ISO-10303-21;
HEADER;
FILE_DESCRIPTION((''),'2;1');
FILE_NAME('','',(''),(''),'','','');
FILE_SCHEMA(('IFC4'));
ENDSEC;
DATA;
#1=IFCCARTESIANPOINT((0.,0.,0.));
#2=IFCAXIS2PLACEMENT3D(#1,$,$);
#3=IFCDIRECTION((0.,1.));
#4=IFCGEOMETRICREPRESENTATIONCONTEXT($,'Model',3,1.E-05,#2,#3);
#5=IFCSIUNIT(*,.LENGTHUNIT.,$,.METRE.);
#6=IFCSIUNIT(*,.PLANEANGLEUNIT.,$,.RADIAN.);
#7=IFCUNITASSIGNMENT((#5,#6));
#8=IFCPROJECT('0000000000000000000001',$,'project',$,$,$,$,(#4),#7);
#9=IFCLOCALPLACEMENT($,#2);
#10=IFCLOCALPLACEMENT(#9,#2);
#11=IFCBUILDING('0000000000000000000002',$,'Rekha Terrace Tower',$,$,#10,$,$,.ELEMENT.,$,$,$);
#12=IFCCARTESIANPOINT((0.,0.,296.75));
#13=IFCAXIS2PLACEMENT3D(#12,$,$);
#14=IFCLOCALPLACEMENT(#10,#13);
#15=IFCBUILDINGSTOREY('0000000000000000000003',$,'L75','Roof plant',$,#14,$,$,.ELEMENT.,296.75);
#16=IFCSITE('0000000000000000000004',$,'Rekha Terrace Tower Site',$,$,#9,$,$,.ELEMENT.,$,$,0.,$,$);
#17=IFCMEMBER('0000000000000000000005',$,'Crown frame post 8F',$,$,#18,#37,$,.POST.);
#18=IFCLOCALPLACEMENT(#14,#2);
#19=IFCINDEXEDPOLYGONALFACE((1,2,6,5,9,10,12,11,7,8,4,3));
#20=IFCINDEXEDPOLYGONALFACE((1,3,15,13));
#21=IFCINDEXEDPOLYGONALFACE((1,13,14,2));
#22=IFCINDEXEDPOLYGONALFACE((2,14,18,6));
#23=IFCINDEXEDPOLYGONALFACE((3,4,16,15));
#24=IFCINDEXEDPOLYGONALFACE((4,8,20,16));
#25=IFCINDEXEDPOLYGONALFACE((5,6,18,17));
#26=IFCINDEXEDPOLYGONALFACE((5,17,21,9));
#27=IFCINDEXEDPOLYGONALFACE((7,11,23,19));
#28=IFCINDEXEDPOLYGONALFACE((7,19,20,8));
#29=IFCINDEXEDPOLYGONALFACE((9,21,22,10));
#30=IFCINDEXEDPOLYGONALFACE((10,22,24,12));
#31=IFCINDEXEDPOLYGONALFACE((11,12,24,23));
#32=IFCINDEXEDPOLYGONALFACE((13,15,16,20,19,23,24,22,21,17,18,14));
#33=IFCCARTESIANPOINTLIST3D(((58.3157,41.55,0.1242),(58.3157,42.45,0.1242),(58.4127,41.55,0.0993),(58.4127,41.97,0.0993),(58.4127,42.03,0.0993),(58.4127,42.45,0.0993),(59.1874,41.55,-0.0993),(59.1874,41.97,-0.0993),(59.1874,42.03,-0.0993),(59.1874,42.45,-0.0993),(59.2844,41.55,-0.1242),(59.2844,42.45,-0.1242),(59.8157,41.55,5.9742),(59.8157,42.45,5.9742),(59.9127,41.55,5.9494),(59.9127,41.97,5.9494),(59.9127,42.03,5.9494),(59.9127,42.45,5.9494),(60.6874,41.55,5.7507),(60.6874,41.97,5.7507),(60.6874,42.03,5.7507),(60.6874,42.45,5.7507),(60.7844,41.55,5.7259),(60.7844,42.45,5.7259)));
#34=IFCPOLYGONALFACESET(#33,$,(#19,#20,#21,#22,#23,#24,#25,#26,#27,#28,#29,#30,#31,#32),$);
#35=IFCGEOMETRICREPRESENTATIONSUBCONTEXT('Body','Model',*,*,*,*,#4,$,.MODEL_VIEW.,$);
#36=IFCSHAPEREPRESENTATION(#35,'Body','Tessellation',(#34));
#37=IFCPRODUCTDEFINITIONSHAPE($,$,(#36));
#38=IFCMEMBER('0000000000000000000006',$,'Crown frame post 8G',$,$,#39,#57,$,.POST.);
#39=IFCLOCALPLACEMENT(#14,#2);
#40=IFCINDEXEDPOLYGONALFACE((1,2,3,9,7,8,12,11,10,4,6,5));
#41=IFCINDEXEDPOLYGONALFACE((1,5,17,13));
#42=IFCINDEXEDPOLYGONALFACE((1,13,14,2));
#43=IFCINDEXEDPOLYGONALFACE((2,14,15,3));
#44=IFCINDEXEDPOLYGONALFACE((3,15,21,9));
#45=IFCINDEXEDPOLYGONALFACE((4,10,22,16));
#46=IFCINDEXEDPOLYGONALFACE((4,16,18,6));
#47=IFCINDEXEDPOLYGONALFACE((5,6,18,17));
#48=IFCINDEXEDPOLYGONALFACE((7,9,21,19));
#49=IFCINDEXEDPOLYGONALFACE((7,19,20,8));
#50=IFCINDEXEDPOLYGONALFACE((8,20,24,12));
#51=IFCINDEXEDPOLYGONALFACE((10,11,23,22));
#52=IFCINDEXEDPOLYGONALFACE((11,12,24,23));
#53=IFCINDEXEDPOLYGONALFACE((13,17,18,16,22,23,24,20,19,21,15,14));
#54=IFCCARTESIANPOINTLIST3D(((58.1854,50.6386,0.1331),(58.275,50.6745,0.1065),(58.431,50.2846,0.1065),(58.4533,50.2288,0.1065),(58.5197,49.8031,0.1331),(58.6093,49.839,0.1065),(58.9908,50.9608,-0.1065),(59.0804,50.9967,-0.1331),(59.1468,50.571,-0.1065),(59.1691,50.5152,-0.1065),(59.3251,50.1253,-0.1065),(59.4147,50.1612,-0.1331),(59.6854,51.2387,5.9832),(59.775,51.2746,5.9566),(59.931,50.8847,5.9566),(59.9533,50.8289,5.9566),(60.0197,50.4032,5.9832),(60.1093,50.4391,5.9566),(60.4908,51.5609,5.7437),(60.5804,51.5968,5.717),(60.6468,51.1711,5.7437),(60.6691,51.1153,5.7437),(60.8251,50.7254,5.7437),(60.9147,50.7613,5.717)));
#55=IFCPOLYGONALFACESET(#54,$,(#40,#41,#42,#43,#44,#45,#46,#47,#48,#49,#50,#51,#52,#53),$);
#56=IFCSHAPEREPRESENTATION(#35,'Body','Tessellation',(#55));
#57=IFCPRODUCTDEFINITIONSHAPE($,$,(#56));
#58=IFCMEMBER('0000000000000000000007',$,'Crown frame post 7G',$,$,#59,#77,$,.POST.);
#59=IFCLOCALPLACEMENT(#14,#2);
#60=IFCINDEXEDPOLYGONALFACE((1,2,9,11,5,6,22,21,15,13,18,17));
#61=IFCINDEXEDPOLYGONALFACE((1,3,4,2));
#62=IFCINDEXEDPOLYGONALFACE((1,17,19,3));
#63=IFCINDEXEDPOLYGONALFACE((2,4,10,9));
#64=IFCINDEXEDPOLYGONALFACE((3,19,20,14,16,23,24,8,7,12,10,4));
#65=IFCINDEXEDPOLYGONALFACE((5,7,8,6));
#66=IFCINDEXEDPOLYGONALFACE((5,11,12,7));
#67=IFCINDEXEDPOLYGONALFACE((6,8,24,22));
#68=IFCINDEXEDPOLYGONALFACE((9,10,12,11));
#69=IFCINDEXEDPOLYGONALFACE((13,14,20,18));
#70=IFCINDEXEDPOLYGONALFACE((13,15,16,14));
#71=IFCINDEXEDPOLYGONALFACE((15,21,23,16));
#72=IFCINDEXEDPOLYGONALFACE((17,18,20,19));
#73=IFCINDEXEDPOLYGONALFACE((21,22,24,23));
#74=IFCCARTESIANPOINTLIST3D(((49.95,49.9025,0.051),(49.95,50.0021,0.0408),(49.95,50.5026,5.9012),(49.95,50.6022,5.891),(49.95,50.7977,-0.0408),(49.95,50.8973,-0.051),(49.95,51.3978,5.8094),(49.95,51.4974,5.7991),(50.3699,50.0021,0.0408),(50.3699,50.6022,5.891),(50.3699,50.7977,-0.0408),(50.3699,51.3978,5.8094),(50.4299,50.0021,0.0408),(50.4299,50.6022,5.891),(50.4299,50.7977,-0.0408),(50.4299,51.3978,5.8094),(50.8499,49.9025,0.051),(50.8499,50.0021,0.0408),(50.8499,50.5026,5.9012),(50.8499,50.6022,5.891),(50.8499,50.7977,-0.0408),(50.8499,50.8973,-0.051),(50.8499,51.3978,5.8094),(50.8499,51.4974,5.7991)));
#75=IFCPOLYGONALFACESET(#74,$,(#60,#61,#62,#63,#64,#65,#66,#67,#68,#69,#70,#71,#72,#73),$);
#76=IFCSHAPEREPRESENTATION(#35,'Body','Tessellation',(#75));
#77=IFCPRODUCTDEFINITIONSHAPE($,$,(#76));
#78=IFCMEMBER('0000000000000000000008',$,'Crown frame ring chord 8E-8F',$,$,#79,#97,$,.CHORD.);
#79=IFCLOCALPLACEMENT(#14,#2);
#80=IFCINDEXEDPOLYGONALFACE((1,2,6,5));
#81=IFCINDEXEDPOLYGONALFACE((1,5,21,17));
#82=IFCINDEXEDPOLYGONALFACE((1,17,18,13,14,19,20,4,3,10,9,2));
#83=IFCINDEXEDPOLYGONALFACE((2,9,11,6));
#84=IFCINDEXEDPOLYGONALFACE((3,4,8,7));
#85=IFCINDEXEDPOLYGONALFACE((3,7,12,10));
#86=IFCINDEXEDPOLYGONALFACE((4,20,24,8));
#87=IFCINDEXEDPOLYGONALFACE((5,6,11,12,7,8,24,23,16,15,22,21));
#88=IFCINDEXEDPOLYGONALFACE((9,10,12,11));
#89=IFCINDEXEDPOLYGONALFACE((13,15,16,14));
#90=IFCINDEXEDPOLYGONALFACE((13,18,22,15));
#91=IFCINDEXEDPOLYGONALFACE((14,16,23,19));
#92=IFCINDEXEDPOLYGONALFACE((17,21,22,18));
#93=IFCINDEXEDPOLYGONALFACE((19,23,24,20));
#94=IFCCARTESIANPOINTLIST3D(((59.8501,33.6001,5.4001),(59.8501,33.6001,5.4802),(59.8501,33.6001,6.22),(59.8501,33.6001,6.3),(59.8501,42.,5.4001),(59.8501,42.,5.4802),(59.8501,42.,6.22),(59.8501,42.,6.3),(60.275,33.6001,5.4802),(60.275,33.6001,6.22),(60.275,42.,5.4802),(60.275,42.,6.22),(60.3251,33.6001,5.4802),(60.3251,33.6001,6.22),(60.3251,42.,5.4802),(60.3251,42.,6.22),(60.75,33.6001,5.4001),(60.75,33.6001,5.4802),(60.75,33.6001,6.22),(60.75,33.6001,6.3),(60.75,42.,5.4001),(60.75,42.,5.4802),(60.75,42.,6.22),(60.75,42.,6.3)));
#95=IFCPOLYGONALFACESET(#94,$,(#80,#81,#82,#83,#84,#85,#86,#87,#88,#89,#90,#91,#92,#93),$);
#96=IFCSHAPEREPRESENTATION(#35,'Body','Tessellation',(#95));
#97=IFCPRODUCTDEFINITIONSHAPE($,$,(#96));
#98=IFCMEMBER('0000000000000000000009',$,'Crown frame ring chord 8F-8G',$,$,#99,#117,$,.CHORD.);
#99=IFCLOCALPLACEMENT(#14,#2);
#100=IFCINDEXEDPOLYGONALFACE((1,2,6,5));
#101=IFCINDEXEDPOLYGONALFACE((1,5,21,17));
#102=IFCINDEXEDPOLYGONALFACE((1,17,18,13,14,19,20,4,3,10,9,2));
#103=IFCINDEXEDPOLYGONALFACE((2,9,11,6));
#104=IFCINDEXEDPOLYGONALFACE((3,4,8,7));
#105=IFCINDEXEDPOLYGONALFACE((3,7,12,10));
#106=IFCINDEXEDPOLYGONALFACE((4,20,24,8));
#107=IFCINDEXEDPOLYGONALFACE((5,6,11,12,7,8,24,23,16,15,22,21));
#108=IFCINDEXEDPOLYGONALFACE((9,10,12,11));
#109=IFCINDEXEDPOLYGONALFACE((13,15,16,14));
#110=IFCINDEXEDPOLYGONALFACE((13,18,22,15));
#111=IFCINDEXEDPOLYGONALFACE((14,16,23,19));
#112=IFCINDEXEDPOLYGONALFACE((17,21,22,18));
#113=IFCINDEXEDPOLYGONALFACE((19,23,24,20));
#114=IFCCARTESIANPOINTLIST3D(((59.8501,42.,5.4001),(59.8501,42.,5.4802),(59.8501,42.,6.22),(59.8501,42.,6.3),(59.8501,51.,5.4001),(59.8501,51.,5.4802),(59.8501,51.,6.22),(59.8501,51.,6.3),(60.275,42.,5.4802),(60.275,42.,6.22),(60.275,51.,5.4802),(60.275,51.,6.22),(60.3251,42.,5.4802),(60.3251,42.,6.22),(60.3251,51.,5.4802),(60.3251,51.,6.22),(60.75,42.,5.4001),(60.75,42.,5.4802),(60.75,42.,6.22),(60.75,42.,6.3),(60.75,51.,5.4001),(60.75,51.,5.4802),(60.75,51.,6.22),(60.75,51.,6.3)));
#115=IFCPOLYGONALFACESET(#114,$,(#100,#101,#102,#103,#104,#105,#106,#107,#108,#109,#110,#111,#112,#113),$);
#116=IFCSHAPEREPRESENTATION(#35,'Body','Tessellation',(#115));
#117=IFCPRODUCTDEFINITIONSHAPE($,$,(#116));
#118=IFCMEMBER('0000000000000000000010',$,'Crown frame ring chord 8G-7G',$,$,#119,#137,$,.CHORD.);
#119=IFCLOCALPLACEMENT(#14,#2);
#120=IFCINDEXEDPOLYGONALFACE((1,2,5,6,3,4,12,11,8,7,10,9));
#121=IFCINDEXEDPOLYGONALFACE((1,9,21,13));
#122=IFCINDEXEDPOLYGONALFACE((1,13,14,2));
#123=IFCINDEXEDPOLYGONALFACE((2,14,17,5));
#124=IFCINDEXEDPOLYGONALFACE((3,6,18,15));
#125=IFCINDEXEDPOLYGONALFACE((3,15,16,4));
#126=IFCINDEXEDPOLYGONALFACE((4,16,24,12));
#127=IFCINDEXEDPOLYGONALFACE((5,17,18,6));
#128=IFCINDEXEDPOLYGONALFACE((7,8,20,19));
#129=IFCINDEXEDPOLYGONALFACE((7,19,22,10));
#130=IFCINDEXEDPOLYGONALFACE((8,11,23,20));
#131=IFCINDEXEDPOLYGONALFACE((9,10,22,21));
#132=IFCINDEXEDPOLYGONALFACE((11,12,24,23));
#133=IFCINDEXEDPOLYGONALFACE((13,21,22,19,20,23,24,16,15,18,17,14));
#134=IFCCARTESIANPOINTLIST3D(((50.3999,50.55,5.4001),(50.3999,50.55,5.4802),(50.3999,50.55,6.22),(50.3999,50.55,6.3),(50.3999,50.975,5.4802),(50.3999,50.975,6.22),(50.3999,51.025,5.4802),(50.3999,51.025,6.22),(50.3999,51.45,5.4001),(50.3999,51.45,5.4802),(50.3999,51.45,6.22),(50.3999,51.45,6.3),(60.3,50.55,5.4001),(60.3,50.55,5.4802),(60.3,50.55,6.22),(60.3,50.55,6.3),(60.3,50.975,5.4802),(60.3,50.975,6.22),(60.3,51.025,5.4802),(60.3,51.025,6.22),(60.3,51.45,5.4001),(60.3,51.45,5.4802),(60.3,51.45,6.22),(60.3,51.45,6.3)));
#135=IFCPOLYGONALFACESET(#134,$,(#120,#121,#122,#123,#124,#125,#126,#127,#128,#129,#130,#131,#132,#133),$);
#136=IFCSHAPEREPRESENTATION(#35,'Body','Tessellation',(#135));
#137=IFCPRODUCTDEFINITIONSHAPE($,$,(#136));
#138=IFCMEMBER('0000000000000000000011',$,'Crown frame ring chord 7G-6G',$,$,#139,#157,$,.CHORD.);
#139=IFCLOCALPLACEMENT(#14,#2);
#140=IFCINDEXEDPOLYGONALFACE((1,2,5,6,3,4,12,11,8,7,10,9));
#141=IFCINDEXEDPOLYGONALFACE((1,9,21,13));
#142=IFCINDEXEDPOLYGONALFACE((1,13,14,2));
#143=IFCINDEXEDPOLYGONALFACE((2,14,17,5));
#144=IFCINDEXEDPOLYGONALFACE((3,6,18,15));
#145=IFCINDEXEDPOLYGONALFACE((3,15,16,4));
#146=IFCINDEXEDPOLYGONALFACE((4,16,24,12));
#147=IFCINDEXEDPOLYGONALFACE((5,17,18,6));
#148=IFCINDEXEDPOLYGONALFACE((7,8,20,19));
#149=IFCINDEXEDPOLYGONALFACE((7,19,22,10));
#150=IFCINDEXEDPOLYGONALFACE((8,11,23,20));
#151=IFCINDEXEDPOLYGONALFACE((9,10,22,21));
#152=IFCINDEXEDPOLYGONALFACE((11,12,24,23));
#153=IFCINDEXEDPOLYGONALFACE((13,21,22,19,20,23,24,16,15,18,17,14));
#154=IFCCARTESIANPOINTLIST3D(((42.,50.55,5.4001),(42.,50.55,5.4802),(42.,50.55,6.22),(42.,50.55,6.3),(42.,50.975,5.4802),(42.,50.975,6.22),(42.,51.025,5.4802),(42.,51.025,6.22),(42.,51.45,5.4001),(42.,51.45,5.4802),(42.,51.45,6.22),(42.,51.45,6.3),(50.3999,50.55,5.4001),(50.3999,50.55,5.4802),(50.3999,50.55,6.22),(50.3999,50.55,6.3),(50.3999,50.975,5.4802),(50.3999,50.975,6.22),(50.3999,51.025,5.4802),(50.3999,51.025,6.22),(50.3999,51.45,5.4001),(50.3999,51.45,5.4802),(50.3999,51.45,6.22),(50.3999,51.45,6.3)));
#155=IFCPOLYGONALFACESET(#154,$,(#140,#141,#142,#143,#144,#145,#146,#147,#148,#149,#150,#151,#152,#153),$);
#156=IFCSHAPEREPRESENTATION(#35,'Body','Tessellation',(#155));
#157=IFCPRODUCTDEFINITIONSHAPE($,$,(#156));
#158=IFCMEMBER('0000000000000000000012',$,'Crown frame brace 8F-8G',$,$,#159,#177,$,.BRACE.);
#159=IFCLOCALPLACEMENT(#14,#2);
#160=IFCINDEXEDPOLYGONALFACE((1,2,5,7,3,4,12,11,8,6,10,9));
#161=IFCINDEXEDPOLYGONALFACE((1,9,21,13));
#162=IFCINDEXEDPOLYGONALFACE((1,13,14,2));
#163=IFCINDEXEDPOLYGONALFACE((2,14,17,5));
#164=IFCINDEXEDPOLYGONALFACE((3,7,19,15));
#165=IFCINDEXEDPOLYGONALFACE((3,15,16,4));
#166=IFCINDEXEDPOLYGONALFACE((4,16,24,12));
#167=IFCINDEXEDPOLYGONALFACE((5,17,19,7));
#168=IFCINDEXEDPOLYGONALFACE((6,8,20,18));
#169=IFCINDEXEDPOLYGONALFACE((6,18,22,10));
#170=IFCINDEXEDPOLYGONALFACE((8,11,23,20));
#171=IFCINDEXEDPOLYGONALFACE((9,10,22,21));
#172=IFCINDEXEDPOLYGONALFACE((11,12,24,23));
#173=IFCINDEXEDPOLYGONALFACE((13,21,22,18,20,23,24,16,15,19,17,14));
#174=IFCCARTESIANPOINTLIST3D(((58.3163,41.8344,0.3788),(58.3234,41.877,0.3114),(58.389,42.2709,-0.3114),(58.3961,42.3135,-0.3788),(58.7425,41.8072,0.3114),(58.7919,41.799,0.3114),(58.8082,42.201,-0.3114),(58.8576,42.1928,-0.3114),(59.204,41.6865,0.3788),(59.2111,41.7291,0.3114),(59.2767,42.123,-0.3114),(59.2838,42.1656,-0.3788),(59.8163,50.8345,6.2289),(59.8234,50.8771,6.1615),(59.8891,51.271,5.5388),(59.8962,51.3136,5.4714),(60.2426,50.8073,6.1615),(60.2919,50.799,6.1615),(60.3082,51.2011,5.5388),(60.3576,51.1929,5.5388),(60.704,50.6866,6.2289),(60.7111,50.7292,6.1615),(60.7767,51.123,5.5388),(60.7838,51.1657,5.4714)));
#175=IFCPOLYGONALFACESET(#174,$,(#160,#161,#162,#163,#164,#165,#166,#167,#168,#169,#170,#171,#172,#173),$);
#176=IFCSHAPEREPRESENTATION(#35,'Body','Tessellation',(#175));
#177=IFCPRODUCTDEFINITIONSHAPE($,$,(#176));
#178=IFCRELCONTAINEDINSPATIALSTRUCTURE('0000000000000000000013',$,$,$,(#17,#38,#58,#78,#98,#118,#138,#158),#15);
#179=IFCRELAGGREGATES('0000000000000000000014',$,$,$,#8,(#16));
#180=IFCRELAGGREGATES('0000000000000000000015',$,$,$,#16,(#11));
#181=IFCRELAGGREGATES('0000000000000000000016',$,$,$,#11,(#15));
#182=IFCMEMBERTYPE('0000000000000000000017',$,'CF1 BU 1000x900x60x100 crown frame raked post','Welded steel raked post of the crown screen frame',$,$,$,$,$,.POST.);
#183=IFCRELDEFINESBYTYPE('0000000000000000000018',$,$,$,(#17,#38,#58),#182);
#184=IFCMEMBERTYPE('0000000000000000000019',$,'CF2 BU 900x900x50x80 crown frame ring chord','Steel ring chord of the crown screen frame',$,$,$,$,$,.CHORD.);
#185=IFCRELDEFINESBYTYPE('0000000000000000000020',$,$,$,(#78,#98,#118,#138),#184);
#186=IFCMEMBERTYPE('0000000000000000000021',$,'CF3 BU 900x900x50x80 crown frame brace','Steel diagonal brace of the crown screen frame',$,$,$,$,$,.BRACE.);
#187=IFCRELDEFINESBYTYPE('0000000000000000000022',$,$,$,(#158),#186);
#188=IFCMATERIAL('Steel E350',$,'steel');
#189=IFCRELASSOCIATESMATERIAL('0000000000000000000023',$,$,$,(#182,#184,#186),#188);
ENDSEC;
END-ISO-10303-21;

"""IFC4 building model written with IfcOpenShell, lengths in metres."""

from ifc_helpers import new_model, si_unit, direction, frame, origin, origin_2d, place, context, subcontext, project, spatial, i_section, extrude, material, material_profile, profile_set, type_object, element, save


model = new_model("IFC4")

# Units and contexts
model_context = context("Model", 3, precision=1e-05, world=origin(), true_north=direction((0.0, 1.0)))
body_context = subcontext(model_context, "Body", "Model", "MODEL_VIEW")
ifc_project = project(units=[si_unit("LENGTHUNIT", "METRE"), si_unit("PLANEANGLEUNIT", "RADIAN")], contexts=[model_context])

# Site, building, storey
site_placement = place(None, origin())
site = spatial("IfcSite", under=ifc_project, at=site_placement, Name="Rekha Terrace Tower Site", CompositionType="ELEMENT", RefElevation=0.0)
building_placement = place(site_placement, origin())
building = spatial("IfcBuilding", under=site, at=building_placement, Name="Rekha Terrace Tower", CompositionType="ELEMENT")
storey_placement = place(building_placement, frame((0.0, 0.0, 296.75)))
storey = spatial("IfcBuildingStorey", under=building, at=storey_placement, Name="L75", Description="Roof plant", CompositionType="ELEMENT", Elevation=296.75)

# Members
ifc_material_1 = material(Name="Steel E350", Category="steel")
ifc_material_profile_1 = material_profile(ifc_material_1, i_section(OverallWidth=0.8999, OverallDepth=1.0, WebThickness=0.0601, FlangeThickness=0.1001, at=origin_2d()), Name="BU 1000x900x60x100")
ifc_profile_set_1 = profile_set([ifc_material_profile_1], Name="Steel E350")
member_type_1 = type_object("IfcMemberType", Name="CF1 BU 1000x900x60x100 crown frame raked post", Description="Welded steel raked post of the crown screen frame", PredefinedType="POST", material=ifc_profile_set_1)
member_1_placement = place(storey_placement, frame((58.8, 42.0, 0.0), z_axis=(0.248371, 0.0, 0.968665), x_axis=(0.0, 1.0, 0.0)))
element("IfcMember", 1, at=member_1_placement, inside=storey, type_object=member_type_1, Name="Crown frame post 8F", PredefinedType="POST", context=body_context, shape_type="SweptSolid", body=[
    extrude(i_section(OverallWidth=0.8999, OverallDepth=1.0, WebThickness=0.0601, FlangeThickness=0.1001, at=origin_2d()), origin(), (0.0, 0.0, 1.0), 6.0393),
])
member_2_placement = place(storey_placement, frame((58.8, 50.3999, 0.0), z_axis=(0.247154, 0.098878, 0.963918), x_axis=(-0.371443, 0.928456, 0.0)))
element("IfcMember", 2, at=member_2_placement, inside=storey, type_object=member_type_1, Name="Crown frame post 8G", PredefinedType="POST", context=body_context, shape_type="SweptSolid", body=[
    extrude(i_section(OverallWidth=0.8999, OverallDepth=1.0, WebThickness=0.0601, FlangeThickness=0.1001, at=origin_2d()), origin(), (0.0, 0.0, 1.0), 6.0691),
])
member_3_placement = place(storey_placement, frame((50.3999, 50.3999, 0.0), z_axis=(0.0, 0.102044, 0.99478), x_axis=(-1.0, 0.0, 0.0)))
element("IfcMember", 3, at=member_3_placement, inside=storey, type_object=member_type_1, Name="Crown frame post 7G", PredefinedType="POST", context=body_context, shape_type="SweptSolid", body=[
    extrude(i_section(OverallWidth=0.8999, OverallDepth=1.0, WebThickness=0.0601, FlangeThickness=0.1001, at=origin_2d()), origin(), (0.0, 0.0, 1.0), 5.8809),
])
ifc_material_profile_2 = material_profile(ifc_material_1, i_section(OverallWidth=0.8999, OverallDepth=0.8999, WebThickness=0.05, FlangeThickness=0.0801, at=origin_2d()), Name="BU 900x900x50x80")
ifc_profile_set_2 = profile_set([ifc_material_profile_2], Name="Steel E350")
member_type_2 = type_object("IfcMemberType", Name="CF2 BU 900x900x50x80 crown frame ring chord", Description="Steel ring chord of the crown screen frame", PredefinedType="CHORD", material=ifc_profile_set_2)
member_4_placement = place(storey_placement, frame((60.3, 33.6001, 5.8501), z_axis=(0.0, 1.0, 0.0), x_axis=(-1.0, 0.0, 0.0)))
element("IfcMember", 4, at=member_4_placement, inside=storey, type_object=member_type_2, Name="Crown frame ring chord 8E-8F", PredefinedType="CHORD", context=body_context, shape_type="SweptSolid", body=[
    extrude(i_section(OverallWidth=0.8999, OverallDepth=0.8999, WebThickness=0.05, FlangeThickness=0.0801, at=origin_2d()), origin(), (0.0, 0.0, 1.0), 8.3999),
])
member_5_placement = place(storey_placement, frame((60.3, 42.0, 5.8501), z_axis=(0.0, 1.0, 0.0), x_axis=(-1.0, 0.0, 0.0)))
element("IfcMember", 5, at=member_5_placement, inside=storey, type_object=member_type_2, Name="Crown frame ring chord 8F-8G", PredefinedType="CHORD", context=body_context, shape_type="SweptSolid", body=[
    extrude(i_section(OverallWidth=0.8999, OverallDepth=0.8999, WebThickness=0.05, FlangeThickness=0.0801, at=origin_2d()), origin(), (0.0, 0.0, 1.0), 9.0),
])
member_6_placement = place(storey_placement, frame((60.3, 51.0, 5.8501), z_axis=(-1.0, 0.0, 0.0), x_axis=(0.0, -1.0, 0.0)))
element("IfcMember", 6, at=member_6_placement, inside=storey, type_object=member_type_2, Name="Crown frame ring chord 8G-7G", PredefinedType="CHORD", context=body_context, shape_type="SweptSolid", body=[
    extrude(i_section(OverallWidth=0.8999, OverallDepth=0.8999, WebThickness=0.05, FlangeThickness=0.0801, at=origin_2d()), origin(), (0.0, 0.0, 1.0), 9.9001),
])
member_7_placement = place(storey_placement, frame((50.3999, 51.0, 5.8501), z_axis=(-1.0, 0.0, 0.0), x_axis=(0.0, -1.0, 0.0)))
element("IfcMember", 7, at=member_7_placement, inside=storey, type_object=member_type_2, Name="Crown frame ring chord 7G-6G", PredefinedType="CHORD", context=body_context, shape_type="SweptSolid", body=[
    extrude(i_section(OverallWidth=0.8999, OverallDepth=0.8999, WebThickness=0.05, FlangeThickness=0.0801, at=origin_2d()), origin(), (0.0, 0.0, 1.0), 8.3999),
])
ifc_material_profile_3 = material_profile(ifc_material_1, i_section(OverallWidth=0.8999, OverallDepth=0.8999, WebThickness=0.05, FlangeThickness=0.0801, at=origin_2d()), Name="BU 900x900x50x80")
ifc_profile_set_3 = profile_set([ifc_material_profile_3], Name="Steel E350")
member_type_3 = type_object("IfcMemberType", Name="CF3 BU 900x900x50x80 crown frame brace", Description="Steel diagonal brace of the crown screen frame", PredefinedType="BRACE", material=ifc_profile_set_3)
member_8_placement = place(storey_placement, frame((58.8, 42.0, 0.0), z_axis=(0.138395, 0.830371, 0.53975), x_axis=(-0.986394, 0.164399, 0.0)))
element("IfcMember", 8, at=member_8_placement, inside=storey, type_object=member_type_3, Name="Crown frame brace 8F-8G", PredefinedType="BRACE", context=body_context, shape_type="SweptSolid", body=[
    extrude(i_section(OverallWidth=0.8999, OverallDepth=0.8999, WebThickness=0.05, FlangeThickness=0.0801, at=origin_2d()), origin(), (0.0, 0.0, 1.0), 10.8386),
])

save(model, "model.ifc")
